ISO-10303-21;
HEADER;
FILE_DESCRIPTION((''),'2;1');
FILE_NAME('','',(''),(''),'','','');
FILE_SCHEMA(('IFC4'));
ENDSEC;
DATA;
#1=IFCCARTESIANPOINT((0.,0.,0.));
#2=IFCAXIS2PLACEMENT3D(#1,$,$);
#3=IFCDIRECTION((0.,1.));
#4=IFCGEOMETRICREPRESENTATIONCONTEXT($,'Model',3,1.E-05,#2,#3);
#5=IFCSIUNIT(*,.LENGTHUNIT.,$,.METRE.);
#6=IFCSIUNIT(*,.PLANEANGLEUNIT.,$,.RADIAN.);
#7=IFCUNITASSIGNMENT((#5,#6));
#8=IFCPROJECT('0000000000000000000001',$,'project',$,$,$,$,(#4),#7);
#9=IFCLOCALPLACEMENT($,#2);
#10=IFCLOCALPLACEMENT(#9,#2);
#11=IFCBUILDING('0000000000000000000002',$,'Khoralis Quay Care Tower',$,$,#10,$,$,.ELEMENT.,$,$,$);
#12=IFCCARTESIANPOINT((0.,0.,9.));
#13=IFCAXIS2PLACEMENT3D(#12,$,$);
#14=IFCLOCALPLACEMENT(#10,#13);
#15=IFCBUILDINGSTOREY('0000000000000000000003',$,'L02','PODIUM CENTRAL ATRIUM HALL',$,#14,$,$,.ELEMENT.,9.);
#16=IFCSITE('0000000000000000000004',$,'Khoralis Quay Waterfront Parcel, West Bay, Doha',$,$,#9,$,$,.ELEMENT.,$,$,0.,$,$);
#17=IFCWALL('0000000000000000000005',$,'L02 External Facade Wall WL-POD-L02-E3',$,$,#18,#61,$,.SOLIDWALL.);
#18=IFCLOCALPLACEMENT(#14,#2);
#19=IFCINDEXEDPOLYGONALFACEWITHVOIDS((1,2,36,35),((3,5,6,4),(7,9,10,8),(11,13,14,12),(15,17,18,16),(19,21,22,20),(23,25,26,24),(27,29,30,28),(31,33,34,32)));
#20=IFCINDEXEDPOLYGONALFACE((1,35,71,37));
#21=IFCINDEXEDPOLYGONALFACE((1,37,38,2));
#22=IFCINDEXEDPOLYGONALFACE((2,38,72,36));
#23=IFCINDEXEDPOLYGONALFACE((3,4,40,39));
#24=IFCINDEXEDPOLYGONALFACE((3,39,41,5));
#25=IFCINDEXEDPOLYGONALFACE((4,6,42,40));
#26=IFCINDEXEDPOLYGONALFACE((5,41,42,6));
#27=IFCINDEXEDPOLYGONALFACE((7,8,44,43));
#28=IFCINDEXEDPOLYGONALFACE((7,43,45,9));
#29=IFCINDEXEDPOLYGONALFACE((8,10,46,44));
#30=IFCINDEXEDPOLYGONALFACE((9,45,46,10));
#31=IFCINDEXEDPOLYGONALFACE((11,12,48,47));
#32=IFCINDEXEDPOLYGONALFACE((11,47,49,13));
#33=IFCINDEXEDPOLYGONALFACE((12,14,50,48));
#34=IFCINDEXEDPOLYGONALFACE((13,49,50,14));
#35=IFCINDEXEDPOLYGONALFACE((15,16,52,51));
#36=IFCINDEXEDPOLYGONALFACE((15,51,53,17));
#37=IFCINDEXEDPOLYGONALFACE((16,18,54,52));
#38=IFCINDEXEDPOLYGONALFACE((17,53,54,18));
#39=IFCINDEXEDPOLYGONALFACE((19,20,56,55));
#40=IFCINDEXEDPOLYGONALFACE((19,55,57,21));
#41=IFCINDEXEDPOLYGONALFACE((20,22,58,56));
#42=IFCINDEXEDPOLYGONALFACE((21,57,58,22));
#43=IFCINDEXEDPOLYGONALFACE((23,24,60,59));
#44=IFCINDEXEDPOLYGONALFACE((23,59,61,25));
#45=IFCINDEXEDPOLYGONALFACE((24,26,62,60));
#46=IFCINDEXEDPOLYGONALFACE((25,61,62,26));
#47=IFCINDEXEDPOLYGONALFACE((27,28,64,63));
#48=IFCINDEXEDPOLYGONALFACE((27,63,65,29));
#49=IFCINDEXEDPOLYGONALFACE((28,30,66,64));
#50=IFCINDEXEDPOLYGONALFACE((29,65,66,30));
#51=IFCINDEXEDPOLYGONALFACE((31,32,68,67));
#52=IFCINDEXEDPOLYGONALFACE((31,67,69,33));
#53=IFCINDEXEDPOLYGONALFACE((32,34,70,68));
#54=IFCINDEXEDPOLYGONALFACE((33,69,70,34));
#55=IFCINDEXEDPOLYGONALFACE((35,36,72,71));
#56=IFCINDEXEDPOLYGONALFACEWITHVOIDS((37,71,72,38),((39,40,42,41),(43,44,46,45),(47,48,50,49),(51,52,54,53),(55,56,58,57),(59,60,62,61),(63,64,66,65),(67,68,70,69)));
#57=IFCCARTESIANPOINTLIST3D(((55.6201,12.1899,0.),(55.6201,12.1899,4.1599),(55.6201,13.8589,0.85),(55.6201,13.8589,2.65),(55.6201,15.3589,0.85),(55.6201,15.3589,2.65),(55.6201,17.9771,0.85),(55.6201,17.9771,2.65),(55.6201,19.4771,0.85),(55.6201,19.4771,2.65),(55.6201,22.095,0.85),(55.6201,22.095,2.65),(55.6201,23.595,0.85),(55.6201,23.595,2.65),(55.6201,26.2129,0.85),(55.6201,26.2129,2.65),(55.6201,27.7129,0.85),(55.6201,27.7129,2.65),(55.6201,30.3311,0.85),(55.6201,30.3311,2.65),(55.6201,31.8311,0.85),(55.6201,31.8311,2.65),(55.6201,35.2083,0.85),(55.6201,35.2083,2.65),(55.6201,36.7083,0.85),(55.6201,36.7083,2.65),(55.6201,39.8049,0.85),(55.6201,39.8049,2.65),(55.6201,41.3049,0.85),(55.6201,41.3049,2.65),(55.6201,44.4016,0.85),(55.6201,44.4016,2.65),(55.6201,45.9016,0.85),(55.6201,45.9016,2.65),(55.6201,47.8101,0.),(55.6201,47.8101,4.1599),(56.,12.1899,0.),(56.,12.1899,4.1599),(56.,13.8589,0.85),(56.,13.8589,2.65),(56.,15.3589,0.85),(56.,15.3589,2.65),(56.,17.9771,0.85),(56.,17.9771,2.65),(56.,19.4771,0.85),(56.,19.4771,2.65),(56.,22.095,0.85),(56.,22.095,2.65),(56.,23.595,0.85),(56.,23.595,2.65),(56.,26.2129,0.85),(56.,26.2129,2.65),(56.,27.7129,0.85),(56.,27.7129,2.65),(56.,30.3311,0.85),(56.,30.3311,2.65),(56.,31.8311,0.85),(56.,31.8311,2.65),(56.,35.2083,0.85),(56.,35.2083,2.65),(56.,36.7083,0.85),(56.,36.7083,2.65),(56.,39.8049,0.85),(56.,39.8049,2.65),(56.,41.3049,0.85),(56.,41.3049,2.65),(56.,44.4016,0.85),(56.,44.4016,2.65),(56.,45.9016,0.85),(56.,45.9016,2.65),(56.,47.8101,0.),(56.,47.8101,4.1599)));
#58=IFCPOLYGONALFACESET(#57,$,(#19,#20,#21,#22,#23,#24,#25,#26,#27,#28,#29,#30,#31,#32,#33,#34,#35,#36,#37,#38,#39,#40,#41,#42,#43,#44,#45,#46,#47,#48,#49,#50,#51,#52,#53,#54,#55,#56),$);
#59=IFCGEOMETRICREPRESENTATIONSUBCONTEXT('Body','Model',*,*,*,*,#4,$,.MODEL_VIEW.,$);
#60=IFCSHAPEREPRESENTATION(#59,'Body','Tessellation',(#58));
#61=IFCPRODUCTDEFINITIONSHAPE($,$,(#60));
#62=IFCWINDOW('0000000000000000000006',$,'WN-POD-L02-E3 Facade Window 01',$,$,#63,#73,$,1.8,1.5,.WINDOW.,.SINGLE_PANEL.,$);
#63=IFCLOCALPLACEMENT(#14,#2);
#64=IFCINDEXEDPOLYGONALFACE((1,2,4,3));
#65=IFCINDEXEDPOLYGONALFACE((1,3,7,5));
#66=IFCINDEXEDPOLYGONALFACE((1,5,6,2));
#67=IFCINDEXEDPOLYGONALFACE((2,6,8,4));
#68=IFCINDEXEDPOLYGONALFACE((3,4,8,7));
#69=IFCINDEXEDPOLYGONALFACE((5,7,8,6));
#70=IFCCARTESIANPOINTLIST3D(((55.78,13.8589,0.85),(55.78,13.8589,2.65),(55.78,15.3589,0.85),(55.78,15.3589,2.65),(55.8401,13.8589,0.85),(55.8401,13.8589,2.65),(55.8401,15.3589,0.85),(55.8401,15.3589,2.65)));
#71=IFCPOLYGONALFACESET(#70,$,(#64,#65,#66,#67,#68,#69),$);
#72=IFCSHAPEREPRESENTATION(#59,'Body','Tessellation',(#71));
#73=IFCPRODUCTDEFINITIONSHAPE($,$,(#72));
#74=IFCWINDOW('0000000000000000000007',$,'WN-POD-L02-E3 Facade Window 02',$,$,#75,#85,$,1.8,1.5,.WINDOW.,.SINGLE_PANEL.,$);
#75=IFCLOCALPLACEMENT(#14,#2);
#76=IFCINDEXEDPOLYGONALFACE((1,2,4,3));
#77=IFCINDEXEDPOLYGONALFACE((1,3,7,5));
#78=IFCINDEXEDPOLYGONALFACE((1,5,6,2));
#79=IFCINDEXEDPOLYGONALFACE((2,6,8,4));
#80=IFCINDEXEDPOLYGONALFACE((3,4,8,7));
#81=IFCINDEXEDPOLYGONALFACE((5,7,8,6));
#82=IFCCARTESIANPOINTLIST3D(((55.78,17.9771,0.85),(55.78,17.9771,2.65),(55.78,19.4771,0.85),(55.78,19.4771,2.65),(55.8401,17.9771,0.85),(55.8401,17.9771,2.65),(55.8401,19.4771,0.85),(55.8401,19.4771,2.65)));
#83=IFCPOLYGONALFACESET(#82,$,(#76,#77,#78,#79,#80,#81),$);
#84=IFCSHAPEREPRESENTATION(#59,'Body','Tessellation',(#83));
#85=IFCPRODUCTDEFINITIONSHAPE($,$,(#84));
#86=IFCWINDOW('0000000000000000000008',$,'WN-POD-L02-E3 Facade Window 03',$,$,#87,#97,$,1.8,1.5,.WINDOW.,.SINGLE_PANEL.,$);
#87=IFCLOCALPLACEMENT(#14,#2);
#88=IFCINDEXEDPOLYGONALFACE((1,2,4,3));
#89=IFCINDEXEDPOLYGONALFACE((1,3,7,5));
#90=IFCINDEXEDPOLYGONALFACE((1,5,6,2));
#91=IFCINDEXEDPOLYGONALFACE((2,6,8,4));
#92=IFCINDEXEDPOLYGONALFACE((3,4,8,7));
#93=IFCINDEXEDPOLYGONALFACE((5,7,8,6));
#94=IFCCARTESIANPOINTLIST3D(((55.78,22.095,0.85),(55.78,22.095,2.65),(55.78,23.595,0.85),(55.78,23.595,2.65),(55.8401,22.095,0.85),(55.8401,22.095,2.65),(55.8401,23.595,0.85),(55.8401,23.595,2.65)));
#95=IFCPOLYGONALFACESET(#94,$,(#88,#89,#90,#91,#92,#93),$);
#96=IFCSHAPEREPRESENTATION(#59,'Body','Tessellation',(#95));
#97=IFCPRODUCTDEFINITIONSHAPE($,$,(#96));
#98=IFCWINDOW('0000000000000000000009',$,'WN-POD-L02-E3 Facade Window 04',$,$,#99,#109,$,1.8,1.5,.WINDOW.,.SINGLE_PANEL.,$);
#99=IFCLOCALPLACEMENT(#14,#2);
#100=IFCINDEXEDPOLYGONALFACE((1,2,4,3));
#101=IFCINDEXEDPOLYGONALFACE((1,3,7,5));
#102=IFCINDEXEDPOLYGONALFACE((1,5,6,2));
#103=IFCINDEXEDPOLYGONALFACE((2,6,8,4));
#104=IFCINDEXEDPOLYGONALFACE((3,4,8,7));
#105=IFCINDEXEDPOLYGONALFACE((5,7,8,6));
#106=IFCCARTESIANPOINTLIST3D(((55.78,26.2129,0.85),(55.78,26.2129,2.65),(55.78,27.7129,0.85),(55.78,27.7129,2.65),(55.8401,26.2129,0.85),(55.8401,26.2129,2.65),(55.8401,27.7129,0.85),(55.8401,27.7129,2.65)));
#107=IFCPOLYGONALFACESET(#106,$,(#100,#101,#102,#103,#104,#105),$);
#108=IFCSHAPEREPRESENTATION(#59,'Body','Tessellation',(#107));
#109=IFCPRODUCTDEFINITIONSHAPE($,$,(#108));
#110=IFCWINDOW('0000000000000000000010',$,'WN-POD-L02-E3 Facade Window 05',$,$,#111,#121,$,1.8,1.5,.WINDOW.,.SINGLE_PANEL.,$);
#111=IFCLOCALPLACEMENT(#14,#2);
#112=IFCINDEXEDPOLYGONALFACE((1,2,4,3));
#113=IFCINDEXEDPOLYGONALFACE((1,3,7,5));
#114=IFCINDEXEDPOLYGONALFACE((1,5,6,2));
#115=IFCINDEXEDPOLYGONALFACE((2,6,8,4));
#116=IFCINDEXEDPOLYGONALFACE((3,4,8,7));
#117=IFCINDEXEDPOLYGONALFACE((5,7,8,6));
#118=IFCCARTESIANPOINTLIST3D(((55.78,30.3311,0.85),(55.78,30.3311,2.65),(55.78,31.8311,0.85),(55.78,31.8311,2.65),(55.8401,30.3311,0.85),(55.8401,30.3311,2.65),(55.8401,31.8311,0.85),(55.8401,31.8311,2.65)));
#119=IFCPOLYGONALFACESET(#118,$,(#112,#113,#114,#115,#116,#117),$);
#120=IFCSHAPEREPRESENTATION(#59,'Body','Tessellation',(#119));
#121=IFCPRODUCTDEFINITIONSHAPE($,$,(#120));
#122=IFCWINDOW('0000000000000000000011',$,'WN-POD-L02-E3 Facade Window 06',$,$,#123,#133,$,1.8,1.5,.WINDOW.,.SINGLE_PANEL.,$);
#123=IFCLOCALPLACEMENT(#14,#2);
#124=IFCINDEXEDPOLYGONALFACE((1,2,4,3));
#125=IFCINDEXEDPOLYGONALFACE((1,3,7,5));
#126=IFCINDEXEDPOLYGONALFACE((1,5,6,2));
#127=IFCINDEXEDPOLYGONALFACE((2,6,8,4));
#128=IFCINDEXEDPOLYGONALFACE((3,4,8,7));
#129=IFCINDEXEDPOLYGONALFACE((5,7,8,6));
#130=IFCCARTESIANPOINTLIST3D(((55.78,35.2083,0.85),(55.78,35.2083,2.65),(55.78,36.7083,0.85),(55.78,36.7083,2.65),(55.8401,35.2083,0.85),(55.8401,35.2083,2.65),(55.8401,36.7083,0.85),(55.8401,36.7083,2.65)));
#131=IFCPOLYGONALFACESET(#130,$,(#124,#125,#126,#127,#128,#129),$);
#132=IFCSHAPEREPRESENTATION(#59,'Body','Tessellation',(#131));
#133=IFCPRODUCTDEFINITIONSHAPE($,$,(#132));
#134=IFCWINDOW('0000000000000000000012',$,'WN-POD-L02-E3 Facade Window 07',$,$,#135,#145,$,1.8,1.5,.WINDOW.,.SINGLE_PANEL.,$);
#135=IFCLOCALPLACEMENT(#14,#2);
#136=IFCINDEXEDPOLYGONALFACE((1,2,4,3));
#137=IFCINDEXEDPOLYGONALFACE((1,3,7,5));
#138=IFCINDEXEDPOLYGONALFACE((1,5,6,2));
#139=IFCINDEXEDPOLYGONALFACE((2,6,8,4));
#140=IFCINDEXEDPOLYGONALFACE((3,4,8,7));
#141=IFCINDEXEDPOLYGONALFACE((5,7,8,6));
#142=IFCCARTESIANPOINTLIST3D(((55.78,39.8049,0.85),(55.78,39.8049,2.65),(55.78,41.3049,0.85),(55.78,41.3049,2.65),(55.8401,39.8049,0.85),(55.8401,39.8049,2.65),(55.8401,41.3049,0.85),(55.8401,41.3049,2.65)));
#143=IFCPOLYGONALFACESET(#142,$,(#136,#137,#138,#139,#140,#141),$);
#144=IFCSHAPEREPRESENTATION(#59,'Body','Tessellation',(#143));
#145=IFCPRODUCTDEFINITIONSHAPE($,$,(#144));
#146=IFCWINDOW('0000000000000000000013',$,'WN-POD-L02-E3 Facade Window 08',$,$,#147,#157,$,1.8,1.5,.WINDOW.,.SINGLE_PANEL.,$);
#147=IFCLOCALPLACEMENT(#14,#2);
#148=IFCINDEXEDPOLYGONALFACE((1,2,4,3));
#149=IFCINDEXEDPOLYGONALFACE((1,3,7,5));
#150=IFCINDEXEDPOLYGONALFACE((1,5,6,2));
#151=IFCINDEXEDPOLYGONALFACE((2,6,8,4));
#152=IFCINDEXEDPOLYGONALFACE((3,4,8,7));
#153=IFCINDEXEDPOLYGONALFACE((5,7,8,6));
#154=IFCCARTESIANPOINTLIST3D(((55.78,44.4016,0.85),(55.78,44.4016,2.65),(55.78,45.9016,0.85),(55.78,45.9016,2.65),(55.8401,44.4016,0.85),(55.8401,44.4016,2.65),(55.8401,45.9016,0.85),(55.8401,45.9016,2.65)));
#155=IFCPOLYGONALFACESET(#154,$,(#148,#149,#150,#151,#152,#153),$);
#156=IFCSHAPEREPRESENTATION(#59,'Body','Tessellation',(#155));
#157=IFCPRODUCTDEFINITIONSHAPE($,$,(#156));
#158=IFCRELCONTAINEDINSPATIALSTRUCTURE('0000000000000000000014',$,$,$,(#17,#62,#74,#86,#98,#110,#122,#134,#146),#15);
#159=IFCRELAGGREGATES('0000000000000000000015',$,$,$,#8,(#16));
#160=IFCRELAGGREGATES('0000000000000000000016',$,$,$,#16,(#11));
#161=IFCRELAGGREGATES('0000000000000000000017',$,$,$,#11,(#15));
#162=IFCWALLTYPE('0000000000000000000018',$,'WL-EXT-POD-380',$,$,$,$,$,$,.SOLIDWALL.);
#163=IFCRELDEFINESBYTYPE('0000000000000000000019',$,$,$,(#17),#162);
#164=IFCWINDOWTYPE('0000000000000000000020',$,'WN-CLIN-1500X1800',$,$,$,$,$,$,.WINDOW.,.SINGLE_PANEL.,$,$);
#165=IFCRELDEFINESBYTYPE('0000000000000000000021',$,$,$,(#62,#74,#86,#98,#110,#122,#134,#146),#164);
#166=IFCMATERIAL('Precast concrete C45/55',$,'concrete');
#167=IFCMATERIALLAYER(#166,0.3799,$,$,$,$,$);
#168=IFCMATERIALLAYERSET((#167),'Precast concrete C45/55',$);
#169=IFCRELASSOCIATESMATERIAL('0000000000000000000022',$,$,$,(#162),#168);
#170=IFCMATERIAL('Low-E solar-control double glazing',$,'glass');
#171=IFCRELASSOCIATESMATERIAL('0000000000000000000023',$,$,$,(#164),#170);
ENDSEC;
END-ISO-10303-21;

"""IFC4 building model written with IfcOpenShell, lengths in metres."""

from ifc_helpers import new_model, si_unit, direction, frame, frame_2d, origin, place, context, subcontext, project, spatial, rectangle, extrude, source, transform, mapped, material, layer, layer_set, type_object, element, fill, save


model = new_model("IFC4")

# Units and contexts
model_context = context("Model", 3, precision=1e-05, world=origin(), true_north=direction((0.0, 1.0)))
body_context = subcontext(model_context, "Body", "Model", "MODEL_VIEW")
ifc_project = project(units=[si_unit("LENGTHUNIT", "METRE"), si_unit("PLANEANGLEUNIT", "RADIAN")], contexts=[model_context])

# Site, building, storey
site_placement = place(None, origin())
site = spatial("IfcSite", under=ifc_project, at=site_placement, Name="Khoralis Quay Waterfront Parcel, West Bay, Doha", CompositionType="ELEMENT", RefElevation=0.0)
building_placement = place(site_placement, origin())
building = spatial("IfcBuilding", under=site, at=building_placement, Name="Khoralis Quay Care Tower", CompositionType="ELEMENT")
storey_placement = place(building_placement, frame((0.0, 0.0, 9.0)))
storey = spatial("IfcBuildingStorey", under=building, at=storey_placement, Name="L02", Description="PODIUM CENTRAL ATRIUM HALL", CompositionType="ELEMENT", Elevation=9.0)

# Wall, openings, windows
ifc_material_1 = material(Name="Precast concrete C45/55", Category="concrete")
ifc_layer_1 = layer(ifc_material_1, 0.3799)
ifc_layer_set_1 = layer_set([ifc_layer_1], Name="Precast concrete C45/55")
wall_type_1 = type_object("IfcWallType", Name="WL-EXT-POD-380", PredefinedType="SOLIDWALL", material=ifc_layer_set_1)
wall_1_placement = place(storey_placement, frame((55.8101, 12.1899, 0.0), z_axis=(0.0, 0.0, 1.0), x_axis=(0.0, 1.0, 0.0)))
wall_1 = element("IfcWall", 1, at=wall_1_placement, inside=storey, type_object=wall_type_1, Name="L02 External Facade Wall WL-POD-L02-E3", PredefinedType="SOLIDWALL", context=body_context, shape_type="SweptSolid", body=[
    extrude(rectangle(XDim=35.6201, YDim=0.3799, at=frame_2d((17.8101, 0.0))), origin(), (0.0, 0.0, 1.0), 4.1599),
])
opening_1_placement = place(wall_1_placement, frame((1.6689, 0.0, 0.8501)))
opening_1 = element("IfcOpeningElement", 2, at=opening_1_placement, cuts=wall_1, PredefinedType="OPENING", context=body_context, shape_type="SweptSolid", body=[
    extrude(rectangle(XDim=1.5, YDim=1.8, at=frame_2d((0.75, 0.8999))), frame((0.0, 0.2, 0.0), z_axis=(0.0, -1.0, 0.0), x_axis=(1.0, 0.0, 0.0)), (0.0, 0.0, 1.0), 0.3999),
])
opening_2_placement = place(wall_1_placement, frame((5.7871, 0.0, 0.8501)))
opening_2 = element("IfcOpeningElement", 3, at=opening_2_placement, cuts=wall_1, PredefinedType="OPENING", context=body_context, shape_type="SweptSolid", body=[
    extrude(rectangle(XDim=1.5, YDim=1.8, at=frame_2d((0.75, 0.8999))), frame((0.0, 0.2, 0.0), z_axis=(0.0, -1.0, 0.0), x_axis=(1.0, 0.0, 0.0)), (0.0, 0.0, 1.0), 0.3999),
])
opening_3_placement = place(wall_1_placement, frame((9.905, 0.0, 0.8501)))
opening_3 = element("IfcOpeningElement", 4, at=opening_3_placement, cuts=wall_1, PredefinedType="OPENING", context=body_context, shape_type="SweptSolid", body=[
    extrude(rectangle(XDim=1.5, YDim=1.8, at=frame_2d((0.75, 0.8999))), frame((0.0, 0.2, 0.0), z_axis=(0.0, -1.0, 0.0), x_axis=(1.0, 0.0, 0.0)), (0.0, 0.0, 1.0), 0.3999),
])
opening_4_placement = place(wall_1_placement, frame((14.0229, 0.0, 0.8501)))
opening_4 = element("IfcOpeningElement", 5, at=opening_4_placement, cuts=wall_1, PredefinedType="OPENING", context=body_context, shape_type="SweptSolid", body=[
    extrude(rectangle(XDim=1.5, YDim=1.8, at=frame_2d((0.75, 0.8999))), frame((0.0, 0.2, 0.0), z_axis=(0.0, -1.0, 0.0), x_axis=(1.0, 0.0, 0.0)), (0.0, 0.0, 1.0), 0.3999),
])
opening_5_placement = place(wall_1_placement, frame((18.1411, 0.0, 0.8501)))
opening_5 = element("IfcOpeningElement", 6, at=opening_5_placement, cuts=wall_1, PredefinedType="OPENING", context=body_context, shape_type="SweptSolid", body=[
    extrude(rectangle(XDim=1.5, YDim=1.8, at=frame_2d((0.75, 0.8999))), frame((0.0, 0.2, 0.0), z_axis=(0.0, -1.0, 0.0), x_axis=(1.0, 0.0, 0.0)), (0.0, 0.0, 1.0), 0.3999),
])
opening_6_placement = place(wall_1_placement, frame((23.0183, 0.0, 0.8501)))
opening_6 = element("IfcOpeningElement", 7, at=opening_6_placement, cuts=wall_1, PredefinedType="OPENING", context=body_context, shape_type="SweptSolid", body=[
    extrude(rectangle(XDim=1.5, YDim=1.8, at=frame_2d((0.75, 0.8999))), frame((0.0, 0.2, 0.0), z_axis=(0.0, -1.0, 0.0), x_axis=(1.0, 0.0, 0.0)), (0.0, 0.0, 1.0), 0.3999),
])
opening_7_placement = place(wall_1_placement, frame((27.615, 0.0, 0.8501)))
opening_7 = element("IfcOpeningElement", 8, at=opening_7_placement, cuts=wall_1, PredefinedType="OPENING", context=body_context, shape_type="SweptSolid", body=[
    extrude(rectangle(XDim=1.5, YDim=1.8, at=frame_2d((0.75, 0.8999))), frame((0.0, 0.2, 0.0), z_axis=(0.0, -1.0, 0.0), x_axis=(1.0, 0.0, 0.0)), (0.0, 0.0, 1.0), 0.3999),
])
opening_8_placement = place(wall_1_placement, frame((32.2117, 0.0, 0.8501)))
opening_8 = element("IfcOpeningElement", 9, at=opening_8_placement, cuts=wall_1, PredefinedType="OPENING", context=body_context, shape_type="SweptSolid", body=[
    extrude(rectangle(XDim=1.5, YDim=1.8, at=frame_2d((0.75, 0.8999))), frame((0.0, 0.2, 0.0), z_axis=(0.0, -1.0, 0.0), x_axis=(1.0, 0.0, 0.0)), (0.0, 0.0, 1.0), 0.3999),
])
ifc_material_2 = material(Name="Low-E solar-control double glazing", Category="glass")
window_type_1 = type_object("IfcWindowType", Name="WN-CLIN-1500X1800", PartitioningType="SINGLE_PANEL", PredefinedType="WINDOW", material=ifc_material_2)
shared_shape_1 = source(origin(), body_context, "Body", "SweptSolid", [
    extrude(rectangle(XDim=1.5, YDim=1.8, at=frame_2d((0.75, 0.8999))), frame((0.0, 0.03, 0.0), z_axis=(0.0, -1.0, 0.0), x_axis=(1.0, 0.0, 0.0)), (0.0, 0.0, 1.0), 0.0601),
])
window_1_placement = place(opening_1_placement, origin())
window_1 = element("IfcWindow", 10, at=window_1_placement, inside=storey, type_object=window_type_1, Name="WN-POD-L02-E3 Facade Window 01", OverallHeight=1.8, OverallWidth=1.5, PartitioningType="SINGLE_PANEL", PredefinedType="WINDOW", context=body_context, shape_type="MappedRepresentation", body=[
    mapped(shared_shape_1, transform((0.0, 0.0, 0.0), scale=1.0)),
])
fill(opening_1, window_1)
window_2_placement = place(opening_2_placement, origin())
window_2 = element("IfcWindow", 11, at=window_2_placement, inside=storey, type_object=window_type_1, Name="WN-POD-L02-E3 Facade Window 02", OverallHeight=1.8, OverallWidth=1.5, PartitioningType="SINGLE_PANEL", PredefinedType="WINDOW", context=body_context, shape_type="MappedRepresentation", body=[
    mapped(shared_shape_1, transform((0.0, 0.0, 0.0), scale=1.0)),
])
fill(opening_2, window_2)
window_3_placement = place(opening_3_placement, origin())
window_3 = element("IfcWindow", 12, at=window_3_placement, inside=storey, type_object=window_type_1, Name="WN-POD-L02-E3 Facade Window 03", OverallHeight=1.8, OverallWidth=1.5, PartitioningType="SINGLE_PANEL", PredefinedType="WINDOW", context=body_context, shape_type="MappedRepresentation", body=[
    mapped(shared_shape_1, transform((0.0, 0.0, 0.0), scale=1.0)),
])
fill(opening_3, window_3)
window_4_placement = place(opening_4_placement, origin())
window_4 = element("IfcWindow", 13, at=window_4_placement, inside=storey, type_object=window_type_1, Name="WN-POD-L02-E3 Facade Window 04", OverallHeight=1.8, OverallWidth=1.5, PartitioningType="SINGLE_PANEL", PredefinedType="WINDOW", context=body_context, shape_type="MappedRepresentation", body=[
    mapped(shared_shape_1, transform((0.0, 0.0, 0.0), scale=1.0)),
])
fill(opening_4, window_4)
window_5_placement = place(opening_5_placement, origin())
window_5 = element("IfcWindow", 14, at=window_5_placement, inside=storey, type_object=window_type_1, Name="WN-POD-L02-E3 Facade Window 05", OverallHeight=1.8, OverallWidth=1.5, PartitioningType="SINGLE_PANEL", PredefinedType="WINDOW", context=body_context, shape_type="MappedRepresentation", body=[
    mapped(shared_shape_1, transform((0.0, 0.0, 0.0), scale=1.0)),
])
fill(opening_5, window_5)
window_6_placement = place(opening_6_placement, origin())
window_6 = element("IfcWindow", 15, at=window_6_placement, inside=storey, type_object=window_type_1, Name="WN-POD-L02-E3 Facade Window 06", OverallHeight=1.8, OverallWidth=1.5, PartitioningType="SINGLE_PANEL", PredefinedType="WINDOW", context=body_context, shape_type="MappedRepresentation", body=[
    mapped(shared_shape_1, transform((0.0, 0.0, 0.0), scale=1.0)),
])
fill(opening_6, window_6)
window_7_placement = place(opening_7_placement, origin())
window_7 = element("IfcWindow", 16, at=window_7_placement, inside=storey, type_object=window_type_1, Name="WN-POD-L02-E3 Facade Window 07", OverallHeight=1.8, OverallWidth=1.5, PartitioningType="SINGLE_PANEL", PredefinedType="WINDOW", context=body_context, shape_type="MappedRepresentation", body=[
    mapped(shared_shape_1, transform((0.0, 0.0, 0.0), scale=1.0)),
])
fill(opening_7, window_7)
window_8_placement = place(opening_8_placement, origin())
window_8 = element("IfcWindow", 17, at=window_8_placement, inside=storey, type_object=window_type_1, Name="WN-POD-L02-E3 Facade Window 08", OverallHeight=1.8, OverallWidth=1.5, PartitioningType="SINGLE_PANEL", PredefinedType="WINDOW", context=body_context, shape_type="MappedRepresentation", body=[
    mapped(shared_shape_1, transform((0.0, 0.0, 0.0), scale=1.0)),
])
fill(opening_8, window_8)

save(model, "model.ifc")
